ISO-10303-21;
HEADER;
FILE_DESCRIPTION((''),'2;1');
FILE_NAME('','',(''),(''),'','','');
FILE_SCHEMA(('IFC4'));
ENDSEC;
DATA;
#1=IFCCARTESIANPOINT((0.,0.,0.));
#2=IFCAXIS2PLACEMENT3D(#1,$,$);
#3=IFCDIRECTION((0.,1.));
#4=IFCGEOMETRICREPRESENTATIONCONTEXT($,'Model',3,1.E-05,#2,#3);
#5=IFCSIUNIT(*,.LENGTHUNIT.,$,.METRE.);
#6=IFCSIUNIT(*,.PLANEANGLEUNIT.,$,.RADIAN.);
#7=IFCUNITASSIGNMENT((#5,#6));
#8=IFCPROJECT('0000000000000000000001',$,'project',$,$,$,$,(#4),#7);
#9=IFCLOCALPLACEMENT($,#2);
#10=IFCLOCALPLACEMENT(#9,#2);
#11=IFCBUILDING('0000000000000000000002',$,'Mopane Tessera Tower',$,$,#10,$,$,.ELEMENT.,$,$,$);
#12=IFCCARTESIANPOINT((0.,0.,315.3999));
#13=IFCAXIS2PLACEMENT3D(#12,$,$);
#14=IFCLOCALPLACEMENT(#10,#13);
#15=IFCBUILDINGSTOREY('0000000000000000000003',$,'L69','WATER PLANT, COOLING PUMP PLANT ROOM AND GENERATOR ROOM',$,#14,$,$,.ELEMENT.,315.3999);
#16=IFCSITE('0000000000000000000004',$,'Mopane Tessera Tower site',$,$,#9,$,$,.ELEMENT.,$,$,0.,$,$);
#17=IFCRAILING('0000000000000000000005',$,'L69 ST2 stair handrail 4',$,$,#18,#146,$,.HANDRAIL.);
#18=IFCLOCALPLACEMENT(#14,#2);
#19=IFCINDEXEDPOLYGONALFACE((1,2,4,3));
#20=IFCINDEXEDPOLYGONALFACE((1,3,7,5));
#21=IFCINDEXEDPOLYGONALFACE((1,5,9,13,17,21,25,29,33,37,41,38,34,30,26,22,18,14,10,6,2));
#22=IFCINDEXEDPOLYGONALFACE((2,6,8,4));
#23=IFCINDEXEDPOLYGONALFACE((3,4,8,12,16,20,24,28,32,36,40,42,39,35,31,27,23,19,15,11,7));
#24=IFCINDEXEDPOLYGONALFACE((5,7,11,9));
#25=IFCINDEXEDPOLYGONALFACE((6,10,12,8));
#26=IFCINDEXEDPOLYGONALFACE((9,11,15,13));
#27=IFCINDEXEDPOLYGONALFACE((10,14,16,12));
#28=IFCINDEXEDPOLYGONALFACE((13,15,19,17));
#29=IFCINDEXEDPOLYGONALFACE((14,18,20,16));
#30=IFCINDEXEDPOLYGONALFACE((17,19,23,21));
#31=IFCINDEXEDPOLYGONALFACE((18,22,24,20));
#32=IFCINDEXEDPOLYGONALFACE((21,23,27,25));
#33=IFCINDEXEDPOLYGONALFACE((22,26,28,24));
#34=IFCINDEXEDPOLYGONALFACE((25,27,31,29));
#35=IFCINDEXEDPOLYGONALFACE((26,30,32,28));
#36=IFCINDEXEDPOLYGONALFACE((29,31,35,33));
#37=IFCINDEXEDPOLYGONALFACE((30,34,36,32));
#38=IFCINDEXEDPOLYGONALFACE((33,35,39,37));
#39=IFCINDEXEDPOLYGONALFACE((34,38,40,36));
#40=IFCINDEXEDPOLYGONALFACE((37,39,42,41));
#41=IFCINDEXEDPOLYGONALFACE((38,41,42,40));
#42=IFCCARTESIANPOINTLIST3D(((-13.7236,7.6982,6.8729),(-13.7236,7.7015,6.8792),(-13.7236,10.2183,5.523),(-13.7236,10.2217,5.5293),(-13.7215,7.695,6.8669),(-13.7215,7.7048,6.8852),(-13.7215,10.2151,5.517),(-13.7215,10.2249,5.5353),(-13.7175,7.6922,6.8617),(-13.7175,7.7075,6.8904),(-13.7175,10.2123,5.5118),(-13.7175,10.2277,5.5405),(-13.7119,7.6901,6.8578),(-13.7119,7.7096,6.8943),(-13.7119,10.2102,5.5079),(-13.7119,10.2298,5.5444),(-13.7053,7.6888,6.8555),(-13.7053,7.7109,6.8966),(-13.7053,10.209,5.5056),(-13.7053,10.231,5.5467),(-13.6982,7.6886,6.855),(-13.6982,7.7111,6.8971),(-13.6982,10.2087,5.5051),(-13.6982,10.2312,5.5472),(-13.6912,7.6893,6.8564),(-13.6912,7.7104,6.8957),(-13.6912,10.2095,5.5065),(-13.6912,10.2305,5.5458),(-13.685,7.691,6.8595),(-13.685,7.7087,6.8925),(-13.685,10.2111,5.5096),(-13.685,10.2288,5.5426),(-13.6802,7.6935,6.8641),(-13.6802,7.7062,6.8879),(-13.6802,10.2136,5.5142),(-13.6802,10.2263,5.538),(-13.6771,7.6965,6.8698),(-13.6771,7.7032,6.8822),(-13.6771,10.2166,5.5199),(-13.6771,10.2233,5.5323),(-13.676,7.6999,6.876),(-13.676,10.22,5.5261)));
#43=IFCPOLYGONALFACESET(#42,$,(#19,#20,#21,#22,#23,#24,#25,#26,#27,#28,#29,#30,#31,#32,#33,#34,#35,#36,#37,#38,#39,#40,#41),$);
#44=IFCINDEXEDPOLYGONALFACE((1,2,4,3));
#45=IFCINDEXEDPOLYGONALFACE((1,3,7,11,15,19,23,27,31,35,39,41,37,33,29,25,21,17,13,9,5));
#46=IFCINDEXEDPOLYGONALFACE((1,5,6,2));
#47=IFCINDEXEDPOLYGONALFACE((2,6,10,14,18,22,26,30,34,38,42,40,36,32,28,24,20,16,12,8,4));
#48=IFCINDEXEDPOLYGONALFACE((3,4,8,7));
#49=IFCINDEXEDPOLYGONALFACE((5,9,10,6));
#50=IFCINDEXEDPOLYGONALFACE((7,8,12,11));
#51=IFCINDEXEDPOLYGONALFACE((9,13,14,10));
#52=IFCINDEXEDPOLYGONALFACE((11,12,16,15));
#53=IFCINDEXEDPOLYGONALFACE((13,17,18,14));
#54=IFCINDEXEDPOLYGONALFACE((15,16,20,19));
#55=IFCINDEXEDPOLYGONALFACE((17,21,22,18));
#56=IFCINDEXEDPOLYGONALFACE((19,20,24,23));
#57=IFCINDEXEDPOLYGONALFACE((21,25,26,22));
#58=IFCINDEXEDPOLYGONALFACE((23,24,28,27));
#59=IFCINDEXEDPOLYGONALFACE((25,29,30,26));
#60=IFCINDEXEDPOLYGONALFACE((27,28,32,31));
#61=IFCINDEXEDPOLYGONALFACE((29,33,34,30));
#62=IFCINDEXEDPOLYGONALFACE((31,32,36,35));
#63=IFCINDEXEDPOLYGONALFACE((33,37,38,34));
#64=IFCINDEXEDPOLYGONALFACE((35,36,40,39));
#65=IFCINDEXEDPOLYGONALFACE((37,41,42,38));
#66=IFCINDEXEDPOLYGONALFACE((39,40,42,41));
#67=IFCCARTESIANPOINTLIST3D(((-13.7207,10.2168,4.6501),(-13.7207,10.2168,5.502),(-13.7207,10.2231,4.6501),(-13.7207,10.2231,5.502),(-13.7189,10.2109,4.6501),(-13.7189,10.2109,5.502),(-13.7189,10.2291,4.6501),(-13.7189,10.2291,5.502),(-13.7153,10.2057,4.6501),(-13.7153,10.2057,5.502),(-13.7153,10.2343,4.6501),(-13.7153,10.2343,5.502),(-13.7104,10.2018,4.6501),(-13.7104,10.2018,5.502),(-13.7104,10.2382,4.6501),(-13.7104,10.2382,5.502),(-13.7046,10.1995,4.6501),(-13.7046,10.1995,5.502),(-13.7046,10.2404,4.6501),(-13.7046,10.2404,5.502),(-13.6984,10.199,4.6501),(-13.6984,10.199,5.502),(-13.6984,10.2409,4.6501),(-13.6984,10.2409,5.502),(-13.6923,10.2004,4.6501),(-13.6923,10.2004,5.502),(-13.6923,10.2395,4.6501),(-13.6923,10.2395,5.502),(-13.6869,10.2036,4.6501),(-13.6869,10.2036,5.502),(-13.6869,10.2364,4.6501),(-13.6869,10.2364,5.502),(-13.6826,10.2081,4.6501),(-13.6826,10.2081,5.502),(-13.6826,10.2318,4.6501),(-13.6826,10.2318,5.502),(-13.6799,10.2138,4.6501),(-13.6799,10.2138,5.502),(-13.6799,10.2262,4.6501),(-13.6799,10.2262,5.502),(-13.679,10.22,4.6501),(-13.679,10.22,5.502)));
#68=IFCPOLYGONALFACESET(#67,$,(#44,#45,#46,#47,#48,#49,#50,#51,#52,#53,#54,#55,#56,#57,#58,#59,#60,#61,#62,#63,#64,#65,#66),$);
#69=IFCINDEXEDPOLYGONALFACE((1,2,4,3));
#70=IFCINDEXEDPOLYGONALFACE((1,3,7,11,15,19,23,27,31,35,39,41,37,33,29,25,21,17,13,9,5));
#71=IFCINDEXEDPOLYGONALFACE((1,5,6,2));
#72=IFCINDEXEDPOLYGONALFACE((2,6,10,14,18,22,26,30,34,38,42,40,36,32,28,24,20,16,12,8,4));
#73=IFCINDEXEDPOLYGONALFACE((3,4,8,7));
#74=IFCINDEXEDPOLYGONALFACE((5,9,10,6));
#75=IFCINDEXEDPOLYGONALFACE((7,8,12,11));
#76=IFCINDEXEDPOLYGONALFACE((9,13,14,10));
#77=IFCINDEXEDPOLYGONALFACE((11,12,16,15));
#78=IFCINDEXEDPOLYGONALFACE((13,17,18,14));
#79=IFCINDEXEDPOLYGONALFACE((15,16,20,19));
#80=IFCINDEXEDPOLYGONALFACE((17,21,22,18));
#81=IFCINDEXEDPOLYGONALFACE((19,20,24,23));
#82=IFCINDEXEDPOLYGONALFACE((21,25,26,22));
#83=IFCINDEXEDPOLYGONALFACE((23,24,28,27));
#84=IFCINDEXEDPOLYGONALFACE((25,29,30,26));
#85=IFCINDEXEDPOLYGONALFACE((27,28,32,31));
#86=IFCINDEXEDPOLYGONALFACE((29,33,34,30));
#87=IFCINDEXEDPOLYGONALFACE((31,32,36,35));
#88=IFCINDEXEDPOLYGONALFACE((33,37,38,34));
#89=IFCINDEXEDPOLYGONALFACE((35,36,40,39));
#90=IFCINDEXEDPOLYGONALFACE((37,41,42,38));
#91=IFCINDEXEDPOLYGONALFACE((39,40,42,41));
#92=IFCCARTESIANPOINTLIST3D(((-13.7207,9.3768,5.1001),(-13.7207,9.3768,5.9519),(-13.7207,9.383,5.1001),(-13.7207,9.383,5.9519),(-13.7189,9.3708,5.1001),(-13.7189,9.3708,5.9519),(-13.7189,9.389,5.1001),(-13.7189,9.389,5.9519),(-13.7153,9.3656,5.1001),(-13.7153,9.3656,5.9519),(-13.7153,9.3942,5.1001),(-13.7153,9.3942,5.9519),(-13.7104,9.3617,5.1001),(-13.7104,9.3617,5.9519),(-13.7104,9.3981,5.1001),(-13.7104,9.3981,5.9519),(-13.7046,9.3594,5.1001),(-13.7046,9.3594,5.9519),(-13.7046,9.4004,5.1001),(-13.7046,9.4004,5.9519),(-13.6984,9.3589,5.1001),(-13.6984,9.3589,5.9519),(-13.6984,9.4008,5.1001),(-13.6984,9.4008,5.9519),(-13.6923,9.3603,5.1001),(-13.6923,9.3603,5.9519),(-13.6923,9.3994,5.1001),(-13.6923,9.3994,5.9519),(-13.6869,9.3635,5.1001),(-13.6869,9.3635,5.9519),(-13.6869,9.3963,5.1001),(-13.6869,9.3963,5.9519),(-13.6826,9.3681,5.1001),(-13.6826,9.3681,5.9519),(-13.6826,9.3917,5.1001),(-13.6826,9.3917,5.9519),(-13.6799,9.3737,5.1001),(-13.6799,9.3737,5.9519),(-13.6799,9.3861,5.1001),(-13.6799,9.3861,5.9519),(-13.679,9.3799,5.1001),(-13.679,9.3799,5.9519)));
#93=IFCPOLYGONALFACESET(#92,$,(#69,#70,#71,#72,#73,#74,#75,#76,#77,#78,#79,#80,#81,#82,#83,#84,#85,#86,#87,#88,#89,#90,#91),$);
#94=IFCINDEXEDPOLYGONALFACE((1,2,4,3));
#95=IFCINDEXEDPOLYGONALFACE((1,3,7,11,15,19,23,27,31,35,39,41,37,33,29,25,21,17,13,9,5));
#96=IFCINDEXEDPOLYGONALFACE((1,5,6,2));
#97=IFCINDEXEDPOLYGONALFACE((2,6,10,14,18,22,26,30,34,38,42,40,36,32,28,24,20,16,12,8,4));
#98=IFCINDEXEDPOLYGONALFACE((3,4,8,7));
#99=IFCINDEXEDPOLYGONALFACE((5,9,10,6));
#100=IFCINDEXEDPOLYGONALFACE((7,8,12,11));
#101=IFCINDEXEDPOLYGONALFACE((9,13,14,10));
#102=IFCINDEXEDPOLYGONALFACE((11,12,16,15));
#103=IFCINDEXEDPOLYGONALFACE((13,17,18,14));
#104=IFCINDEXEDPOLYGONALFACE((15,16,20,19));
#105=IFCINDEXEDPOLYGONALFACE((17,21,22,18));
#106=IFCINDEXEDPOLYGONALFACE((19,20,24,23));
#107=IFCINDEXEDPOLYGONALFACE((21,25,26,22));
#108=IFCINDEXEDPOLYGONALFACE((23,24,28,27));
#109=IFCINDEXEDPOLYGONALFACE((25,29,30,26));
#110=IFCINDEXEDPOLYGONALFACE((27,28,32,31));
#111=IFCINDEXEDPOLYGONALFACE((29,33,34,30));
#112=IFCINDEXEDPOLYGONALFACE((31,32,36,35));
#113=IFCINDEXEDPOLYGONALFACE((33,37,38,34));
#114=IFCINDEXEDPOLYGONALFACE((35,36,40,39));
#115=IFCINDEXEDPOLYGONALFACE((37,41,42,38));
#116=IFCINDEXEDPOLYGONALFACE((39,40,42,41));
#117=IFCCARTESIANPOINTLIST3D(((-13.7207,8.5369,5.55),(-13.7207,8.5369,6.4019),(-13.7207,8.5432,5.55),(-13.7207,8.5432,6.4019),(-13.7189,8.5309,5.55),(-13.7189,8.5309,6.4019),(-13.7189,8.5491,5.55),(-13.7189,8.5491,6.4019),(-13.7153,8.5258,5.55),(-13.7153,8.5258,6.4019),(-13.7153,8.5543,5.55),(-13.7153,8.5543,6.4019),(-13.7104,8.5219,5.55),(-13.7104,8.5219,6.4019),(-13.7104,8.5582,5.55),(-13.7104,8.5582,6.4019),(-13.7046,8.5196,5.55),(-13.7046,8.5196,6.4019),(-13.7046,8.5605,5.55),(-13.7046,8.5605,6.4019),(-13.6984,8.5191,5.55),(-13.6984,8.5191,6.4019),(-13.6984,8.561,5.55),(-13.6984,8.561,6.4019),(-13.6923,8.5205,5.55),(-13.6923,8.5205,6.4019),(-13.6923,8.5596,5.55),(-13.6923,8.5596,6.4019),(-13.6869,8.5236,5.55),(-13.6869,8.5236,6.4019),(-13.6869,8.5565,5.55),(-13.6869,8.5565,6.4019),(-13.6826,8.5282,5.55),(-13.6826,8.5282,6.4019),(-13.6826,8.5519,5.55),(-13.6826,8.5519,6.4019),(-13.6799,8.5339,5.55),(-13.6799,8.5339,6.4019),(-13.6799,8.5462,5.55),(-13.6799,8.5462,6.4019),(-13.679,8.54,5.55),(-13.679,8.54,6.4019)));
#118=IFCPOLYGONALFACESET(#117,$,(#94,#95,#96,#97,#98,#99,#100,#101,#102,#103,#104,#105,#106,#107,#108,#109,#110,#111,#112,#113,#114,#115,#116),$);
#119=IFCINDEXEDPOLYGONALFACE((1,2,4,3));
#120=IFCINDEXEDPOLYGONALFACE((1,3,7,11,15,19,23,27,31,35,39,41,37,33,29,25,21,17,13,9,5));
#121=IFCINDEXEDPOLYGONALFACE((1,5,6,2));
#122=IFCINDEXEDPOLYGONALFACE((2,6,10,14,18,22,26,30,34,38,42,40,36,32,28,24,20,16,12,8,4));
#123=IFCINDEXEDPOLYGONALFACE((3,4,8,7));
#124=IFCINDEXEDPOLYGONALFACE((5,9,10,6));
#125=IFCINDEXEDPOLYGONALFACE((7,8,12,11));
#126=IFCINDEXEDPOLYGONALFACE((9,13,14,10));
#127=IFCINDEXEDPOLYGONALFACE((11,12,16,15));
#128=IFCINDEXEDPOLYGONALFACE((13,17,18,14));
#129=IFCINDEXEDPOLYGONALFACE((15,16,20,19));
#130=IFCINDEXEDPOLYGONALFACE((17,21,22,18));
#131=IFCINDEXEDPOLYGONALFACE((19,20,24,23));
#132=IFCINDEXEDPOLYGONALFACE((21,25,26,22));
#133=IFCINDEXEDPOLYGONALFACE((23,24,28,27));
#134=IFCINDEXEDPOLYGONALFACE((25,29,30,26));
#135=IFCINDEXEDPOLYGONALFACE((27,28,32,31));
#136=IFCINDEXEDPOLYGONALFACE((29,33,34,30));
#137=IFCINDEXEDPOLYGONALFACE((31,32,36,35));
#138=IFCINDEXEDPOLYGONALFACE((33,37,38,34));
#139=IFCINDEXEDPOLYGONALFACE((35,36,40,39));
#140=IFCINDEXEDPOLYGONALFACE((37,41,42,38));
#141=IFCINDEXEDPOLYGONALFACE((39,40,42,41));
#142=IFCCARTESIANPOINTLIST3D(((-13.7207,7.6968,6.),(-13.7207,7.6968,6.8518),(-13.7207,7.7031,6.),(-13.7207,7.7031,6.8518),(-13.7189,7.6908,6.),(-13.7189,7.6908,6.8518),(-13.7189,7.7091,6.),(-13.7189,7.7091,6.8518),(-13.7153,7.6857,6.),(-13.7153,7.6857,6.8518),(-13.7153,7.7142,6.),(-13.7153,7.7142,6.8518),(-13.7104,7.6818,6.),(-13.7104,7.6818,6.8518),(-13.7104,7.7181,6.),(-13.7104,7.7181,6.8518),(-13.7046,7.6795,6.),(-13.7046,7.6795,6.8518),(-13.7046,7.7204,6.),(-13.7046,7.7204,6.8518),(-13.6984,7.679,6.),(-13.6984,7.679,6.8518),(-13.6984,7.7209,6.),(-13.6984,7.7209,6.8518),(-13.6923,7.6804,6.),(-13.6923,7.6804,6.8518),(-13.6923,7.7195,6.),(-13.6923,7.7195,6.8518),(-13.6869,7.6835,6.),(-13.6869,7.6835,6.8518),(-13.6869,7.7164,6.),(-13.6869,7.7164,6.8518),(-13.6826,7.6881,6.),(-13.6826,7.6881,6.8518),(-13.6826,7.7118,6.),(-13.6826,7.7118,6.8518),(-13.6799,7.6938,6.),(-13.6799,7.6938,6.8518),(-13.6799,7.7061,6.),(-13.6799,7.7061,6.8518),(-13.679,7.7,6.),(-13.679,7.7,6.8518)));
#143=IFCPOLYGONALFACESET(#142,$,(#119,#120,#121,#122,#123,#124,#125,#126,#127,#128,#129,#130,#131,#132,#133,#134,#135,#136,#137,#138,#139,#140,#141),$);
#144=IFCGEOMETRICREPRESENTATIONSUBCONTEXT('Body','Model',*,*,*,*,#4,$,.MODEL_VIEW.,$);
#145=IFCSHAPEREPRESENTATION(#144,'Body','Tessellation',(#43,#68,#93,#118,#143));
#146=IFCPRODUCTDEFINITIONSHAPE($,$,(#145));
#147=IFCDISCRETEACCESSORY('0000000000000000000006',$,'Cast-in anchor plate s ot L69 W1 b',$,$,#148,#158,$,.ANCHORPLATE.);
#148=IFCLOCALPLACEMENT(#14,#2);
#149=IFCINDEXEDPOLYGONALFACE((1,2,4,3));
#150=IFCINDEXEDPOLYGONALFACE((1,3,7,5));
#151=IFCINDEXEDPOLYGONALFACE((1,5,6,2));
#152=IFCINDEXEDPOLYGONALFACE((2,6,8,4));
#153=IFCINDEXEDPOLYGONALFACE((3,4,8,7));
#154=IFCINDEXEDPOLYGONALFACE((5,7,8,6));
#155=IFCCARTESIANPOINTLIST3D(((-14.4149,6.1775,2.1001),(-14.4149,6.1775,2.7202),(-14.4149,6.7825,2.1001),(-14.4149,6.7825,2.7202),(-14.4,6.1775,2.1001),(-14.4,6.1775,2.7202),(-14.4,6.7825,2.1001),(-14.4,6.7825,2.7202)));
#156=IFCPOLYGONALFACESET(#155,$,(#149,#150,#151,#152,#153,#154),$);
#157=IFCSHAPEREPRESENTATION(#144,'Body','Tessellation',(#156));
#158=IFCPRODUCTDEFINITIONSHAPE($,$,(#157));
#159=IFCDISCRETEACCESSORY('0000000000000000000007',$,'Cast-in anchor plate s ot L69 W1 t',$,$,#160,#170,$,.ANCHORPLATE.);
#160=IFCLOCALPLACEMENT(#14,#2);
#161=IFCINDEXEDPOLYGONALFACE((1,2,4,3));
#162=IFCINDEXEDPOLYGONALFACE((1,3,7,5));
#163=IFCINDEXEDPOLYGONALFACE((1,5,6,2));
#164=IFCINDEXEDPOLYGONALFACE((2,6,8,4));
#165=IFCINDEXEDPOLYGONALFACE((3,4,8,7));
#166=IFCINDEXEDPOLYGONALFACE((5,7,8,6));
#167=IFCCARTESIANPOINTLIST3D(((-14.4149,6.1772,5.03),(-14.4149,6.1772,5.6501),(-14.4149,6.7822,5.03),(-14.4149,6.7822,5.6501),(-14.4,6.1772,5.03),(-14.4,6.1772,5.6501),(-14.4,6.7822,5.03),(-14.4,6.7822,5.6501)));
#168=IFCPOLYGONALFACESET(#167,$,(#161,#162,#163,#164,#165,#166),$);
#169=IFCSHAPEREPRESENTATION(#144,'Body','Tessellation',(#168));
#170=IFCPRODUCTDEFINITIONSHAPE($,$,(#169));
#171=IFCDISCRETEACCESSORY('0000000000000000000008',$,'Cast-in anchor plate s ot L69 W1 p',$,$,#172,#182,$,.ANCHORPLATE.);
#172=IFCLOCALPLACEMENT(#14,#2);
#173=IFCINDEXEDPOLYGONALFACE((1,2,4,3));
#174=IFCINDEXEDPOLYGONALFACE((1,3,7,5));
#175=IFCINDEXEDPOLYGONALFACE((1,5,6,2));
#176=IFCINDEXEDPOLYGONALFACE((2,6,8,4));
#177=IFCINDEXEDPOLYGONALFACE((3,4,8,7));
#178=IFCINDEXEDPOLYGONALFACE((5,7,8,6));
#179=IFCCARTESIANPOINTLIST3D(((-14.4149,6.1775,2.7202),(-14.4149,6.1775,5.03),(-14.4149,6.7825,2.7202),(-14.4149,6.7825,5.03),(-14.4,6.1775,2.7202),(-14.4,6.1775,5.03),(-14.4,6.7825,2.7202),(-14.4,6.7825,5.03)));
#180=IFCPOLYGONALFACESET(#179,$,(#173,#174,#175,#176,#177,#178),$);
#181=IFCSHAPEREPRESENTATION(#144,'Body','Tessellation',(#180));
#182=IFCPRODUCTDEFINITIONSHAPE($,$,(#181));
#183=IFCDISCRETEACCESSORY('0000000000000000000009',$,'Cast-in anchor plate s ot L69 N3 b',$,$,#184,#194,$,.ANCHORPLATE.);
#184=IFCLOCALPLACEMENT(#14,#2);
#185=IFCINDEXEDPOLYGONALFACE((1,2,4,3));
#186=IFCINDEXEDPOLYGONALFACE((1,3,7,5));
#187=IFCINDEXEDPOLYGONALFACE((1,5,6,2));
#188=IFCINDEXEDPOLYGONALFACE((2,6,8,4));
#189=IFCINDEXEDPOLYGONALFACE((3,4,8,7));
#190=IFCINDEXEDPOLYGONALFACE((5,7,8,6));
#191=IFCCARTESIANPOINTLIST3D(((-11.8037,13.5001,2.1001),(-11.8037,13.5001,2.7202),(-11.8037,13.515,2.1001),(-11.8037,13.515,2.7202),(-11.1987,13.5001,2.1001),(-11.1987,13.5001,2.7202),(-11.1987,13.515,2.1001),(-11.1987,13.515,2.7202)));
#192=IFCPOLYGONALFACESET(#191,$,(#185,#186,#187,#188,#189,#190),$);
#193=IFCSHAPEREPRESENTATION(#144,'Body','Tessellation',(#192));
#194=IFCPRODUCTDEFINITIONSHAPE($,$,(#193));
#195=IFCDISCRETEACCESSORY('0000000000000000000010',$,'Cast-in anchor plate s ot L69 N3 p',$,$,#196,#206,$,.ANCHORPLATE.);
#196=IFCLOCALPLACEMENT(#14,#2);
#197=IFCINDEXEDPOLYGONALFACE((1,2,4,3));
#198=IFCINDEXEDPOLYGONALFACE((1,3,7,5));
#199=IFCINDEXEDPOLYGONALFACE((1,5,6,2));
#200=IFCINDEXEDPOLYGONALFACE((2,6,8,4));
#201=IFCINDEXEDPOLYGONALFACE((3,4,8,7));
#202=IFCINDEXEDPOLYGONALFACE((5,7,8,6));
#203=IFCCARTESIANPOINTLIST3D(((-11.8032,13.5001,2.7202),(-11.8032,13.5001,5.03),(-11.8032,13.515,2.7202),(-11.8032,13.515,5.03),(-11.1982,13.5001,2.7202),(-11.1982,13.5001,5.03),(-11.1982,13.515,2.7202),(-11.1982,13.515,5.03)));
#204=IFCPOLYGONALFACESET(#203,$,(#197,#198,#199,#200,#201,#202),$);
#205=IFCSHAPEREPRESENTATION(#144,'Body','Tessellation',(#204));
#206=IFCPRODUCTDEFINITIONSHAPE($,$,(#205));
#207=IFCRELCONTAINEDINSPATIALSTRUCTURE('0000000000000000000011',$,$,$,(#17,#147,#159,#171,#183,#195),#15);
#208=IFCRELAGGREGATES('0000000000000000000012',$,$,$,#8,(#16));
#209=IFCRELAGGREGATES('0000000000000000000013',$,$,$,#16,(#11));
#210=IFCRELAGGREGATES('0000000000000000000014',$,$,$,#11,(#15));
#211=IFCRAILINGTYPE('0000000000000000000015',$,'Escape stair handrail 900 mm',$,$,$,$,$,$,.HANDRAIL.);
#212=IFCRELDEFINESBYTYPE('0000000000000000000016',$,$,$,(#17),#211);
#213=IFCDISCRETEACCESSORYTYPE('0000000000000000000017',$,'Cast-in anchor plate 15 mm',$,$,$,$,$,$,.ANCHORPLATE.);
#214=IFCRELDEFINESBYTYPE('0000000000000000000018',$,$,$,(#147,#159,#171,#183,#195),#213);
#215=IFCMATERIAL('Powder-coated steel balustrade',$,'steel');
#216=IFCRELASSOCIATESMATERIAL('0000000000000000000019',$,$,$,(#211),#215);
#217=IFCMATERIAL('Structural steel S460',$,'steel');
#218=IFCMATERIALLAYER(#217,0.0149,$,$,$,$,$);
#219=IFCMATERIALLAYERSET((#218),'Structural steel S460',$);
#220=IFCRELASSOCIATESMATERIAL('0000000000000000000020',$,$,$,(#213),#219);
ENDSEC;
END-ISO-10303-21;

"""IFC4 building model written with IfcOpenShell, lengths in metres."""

from ifc_helpers import new_model, si_unit, direction, frame, origin, origin_2d, place, context, subcontext, project, spatial, rectangle, circle, extrude, material, layer, layer_set, type_object, element, save


model = new_model("IFC4")

# Units and contexts
model_context = context("Model", 3, precision=1e-05, world=origin(), true_north=direction((0.0, 1.0)))
body_context = subcontext(model_context, "Body", "Model", "MODEL_VIEW")
ifc_project = project(units=[si_unit("LENGTHUNIT", "METRE"), si_unit("PLANEANGLEUNIT", "RADIAN")], contexts=[model_context])

# Site, building, storey
site_placement = place(None, origin())
site = spatial("IfcSite", under=ifc_project, at=site_placement, Name="Mopane Tessera Tower site", CompositionType="ELEMENT", RefElevation=0.0)
building_placement = place(site_placement, origin())
building = spatial("IfcBuilding", under=site, at=building_placement, Name="Mopane Tessera Tower", CompositionType="ELEMENT")
storey_placement = place(building_placement, frame((0.0, 0.0, 315.3999)))
storey = spatial("IfcBuildingStorey", under=building, at=storey_placement, Name="L69", Description="WATER PLANT, COOLING PUMP PLANT ROOM AND GENERATOR ROOM", CompositionType="ELEMENT", Elevation=315.3999)

# Railing
ifc_material_1 = material(Name="Powder-coated steel balustrade", Category="steel")
railing_type_1 = type_object("IfcRailingType", Name="Escape stair handrail 900 mm", PredefinedType="HANDRAIL", material=ifc_material_1)
for number, where, name in (
    (1, (-13.7, 10.22, 4.6501), "L69 ST2 stair handrail 4"),
):
    element("IfcRailing", number, at=place(storey_placement, frame(where)), inside=storey, type_object=railing_type_1, Name=name, PredefinedType="HANDRAIL", context=body_context, shape_type="SweptSolid", body=[
        extrude(circle(Radius=0.0239, at=origin_2d()), frame((0.0, 0.0, 0.876), z_axis=(0.0, -0.881503, 0.472179), x_axis=(1.0, 0.0, 0.0)), (0.0, 0.0, 1.0), 2.8589),
        extrude(circle(Radius=0.021, at=origin_2d()), origin(), (0.0, 0.0, 1.0), 0.8518),
        extrude(circle(Radius=0.021, at=origin_2d()), frame((0.0, -0.8401, 0.45)), (0.0, 0.0, 1.0), 0.8518),
        extrude(circle(Radius=0.021, at=origin_2d()), frame((0.0, -1.6799, 0.8999)), (0.0, 0.0, 1.0), 0.8518),
        extrude(circle(Radius=0.021, at=origin_2d()), frame((0.0, -2.52, 1.3499)), (0.0, 0.0, 1.0), 0.8518),
    ])

# Discrete accessories
ifc_material_2 = material(Name="Structural steel S460", Category="steel")
ifc_layer_1 = layer(ifc_material_2, 0.0149)
ifc_layer_set_1 = layer_set([ifc_layer_1], Name="Structural steel S460")
discrete_accessory_type_1 = type_object("IfcDiscreteAccessoryType", Name="Cast-in anchor plate 15 mm", PredefinedType="ANCHORPLATE", material=ifc_layer_set_1)
for number, where, z_axis, x_axis, name in (
    (2, (-14.4075, 6.48, 2.1001), (0.0, 0.0, 1.0), (-1.0, 0.0, 0.0), "Cast-in anchor plate s ot L69 W1 b"),
    (3, (-14.4075, 6.4797, 5.03), (0.0, 0.0, 1.0), (-1.0, 0.0, 0.0), "Cast-in anchor plate s ot L69 W1 t"),
):
    element("IfcDiscreteAccessory", number, at=place(storey_placement, frame(where, z_axis=z_axis, x_axis=x_axis)), inside=storey, type_object=discrete_accessory_type_1, Name=name, PredefinedType="ANCHORPLATE", context=body_context, shape_type="SweptSolid", body=[
        extrude(rectangle(XDim=0.0149, YDim=0.605, at=origin_2d()), origin(), (0.0, 0.0, 1.0), 0.6201),
    ])
discrete_accessory_1_placement = place(storey_placement, frame((-14.4075, 6.48, 2.7202), z_axis=(0.0, 0.0, 1.0), x_axis=(-1.0, 0.0, 0.0)))
element("IfcDiscreteAccessory", 4, at=discrete_accessory_1_placement, inside=storey, type_object=discrete_accessory_type_1, Name="Cast-in anchor plate s ot L69 W1 p", PredefinedType="ANCHORPLATE", context=body_context, shape_type="SweptSolid", body=[
    extrude(rectangle(XDim=0.0149, YDim=0.605, at=origin_2d()), origin(), (0.0, 0.0, 1.0), 2.3098),
])
discrete_accessory_2_placement = place(storey_placement, frame((-11.5012, 13.5076, 2.1001), z_axis=(0.0, 0.0, 1.0), x_axis=(0.0, 1.0, 0.0)))
element("IfcDiscreteAccessory", 5, at=discrete_accessory_2_placement, inside=storey, type_object=discrete_accessory_type_1, Name="Cast-in anchor plate s ot L69 N3 b", PredefinedType="ANCHORPLATE", context=body_context, shape_type="SweptSolid", body=[
    extrude(rectangle(XDim=0.0149, YDim=0.605, at=origin_2d()), origin(), (0.0, 0.0, 1.0), 0.6201),
])
discrete_accessory_3_placement = place(storey_placement, frame((-11.5007, 13.5076, 2.7202), z_axis=(0.0, 0.0, 1.0), x_axis=(0.0, 1.0, 0.0)))
element("IfcDiscreteAccessory", 6, at=discrete_accessory_3_placement, inside=storey, type_object=discrete_accessory_type_1, Name="Cast-in anchor plate s ot L69 N3 p", PredefinedType="ANCHORPLATE", context=body_context, shape_type="SweptSolid", body=[
    extrude(rectangle(XDim=0.0149, YDim=0.605, at=origin_2d()), origin(), (0.0, 0.0, 1.0), 2.3098),
])

save(model, "model.ifc")
